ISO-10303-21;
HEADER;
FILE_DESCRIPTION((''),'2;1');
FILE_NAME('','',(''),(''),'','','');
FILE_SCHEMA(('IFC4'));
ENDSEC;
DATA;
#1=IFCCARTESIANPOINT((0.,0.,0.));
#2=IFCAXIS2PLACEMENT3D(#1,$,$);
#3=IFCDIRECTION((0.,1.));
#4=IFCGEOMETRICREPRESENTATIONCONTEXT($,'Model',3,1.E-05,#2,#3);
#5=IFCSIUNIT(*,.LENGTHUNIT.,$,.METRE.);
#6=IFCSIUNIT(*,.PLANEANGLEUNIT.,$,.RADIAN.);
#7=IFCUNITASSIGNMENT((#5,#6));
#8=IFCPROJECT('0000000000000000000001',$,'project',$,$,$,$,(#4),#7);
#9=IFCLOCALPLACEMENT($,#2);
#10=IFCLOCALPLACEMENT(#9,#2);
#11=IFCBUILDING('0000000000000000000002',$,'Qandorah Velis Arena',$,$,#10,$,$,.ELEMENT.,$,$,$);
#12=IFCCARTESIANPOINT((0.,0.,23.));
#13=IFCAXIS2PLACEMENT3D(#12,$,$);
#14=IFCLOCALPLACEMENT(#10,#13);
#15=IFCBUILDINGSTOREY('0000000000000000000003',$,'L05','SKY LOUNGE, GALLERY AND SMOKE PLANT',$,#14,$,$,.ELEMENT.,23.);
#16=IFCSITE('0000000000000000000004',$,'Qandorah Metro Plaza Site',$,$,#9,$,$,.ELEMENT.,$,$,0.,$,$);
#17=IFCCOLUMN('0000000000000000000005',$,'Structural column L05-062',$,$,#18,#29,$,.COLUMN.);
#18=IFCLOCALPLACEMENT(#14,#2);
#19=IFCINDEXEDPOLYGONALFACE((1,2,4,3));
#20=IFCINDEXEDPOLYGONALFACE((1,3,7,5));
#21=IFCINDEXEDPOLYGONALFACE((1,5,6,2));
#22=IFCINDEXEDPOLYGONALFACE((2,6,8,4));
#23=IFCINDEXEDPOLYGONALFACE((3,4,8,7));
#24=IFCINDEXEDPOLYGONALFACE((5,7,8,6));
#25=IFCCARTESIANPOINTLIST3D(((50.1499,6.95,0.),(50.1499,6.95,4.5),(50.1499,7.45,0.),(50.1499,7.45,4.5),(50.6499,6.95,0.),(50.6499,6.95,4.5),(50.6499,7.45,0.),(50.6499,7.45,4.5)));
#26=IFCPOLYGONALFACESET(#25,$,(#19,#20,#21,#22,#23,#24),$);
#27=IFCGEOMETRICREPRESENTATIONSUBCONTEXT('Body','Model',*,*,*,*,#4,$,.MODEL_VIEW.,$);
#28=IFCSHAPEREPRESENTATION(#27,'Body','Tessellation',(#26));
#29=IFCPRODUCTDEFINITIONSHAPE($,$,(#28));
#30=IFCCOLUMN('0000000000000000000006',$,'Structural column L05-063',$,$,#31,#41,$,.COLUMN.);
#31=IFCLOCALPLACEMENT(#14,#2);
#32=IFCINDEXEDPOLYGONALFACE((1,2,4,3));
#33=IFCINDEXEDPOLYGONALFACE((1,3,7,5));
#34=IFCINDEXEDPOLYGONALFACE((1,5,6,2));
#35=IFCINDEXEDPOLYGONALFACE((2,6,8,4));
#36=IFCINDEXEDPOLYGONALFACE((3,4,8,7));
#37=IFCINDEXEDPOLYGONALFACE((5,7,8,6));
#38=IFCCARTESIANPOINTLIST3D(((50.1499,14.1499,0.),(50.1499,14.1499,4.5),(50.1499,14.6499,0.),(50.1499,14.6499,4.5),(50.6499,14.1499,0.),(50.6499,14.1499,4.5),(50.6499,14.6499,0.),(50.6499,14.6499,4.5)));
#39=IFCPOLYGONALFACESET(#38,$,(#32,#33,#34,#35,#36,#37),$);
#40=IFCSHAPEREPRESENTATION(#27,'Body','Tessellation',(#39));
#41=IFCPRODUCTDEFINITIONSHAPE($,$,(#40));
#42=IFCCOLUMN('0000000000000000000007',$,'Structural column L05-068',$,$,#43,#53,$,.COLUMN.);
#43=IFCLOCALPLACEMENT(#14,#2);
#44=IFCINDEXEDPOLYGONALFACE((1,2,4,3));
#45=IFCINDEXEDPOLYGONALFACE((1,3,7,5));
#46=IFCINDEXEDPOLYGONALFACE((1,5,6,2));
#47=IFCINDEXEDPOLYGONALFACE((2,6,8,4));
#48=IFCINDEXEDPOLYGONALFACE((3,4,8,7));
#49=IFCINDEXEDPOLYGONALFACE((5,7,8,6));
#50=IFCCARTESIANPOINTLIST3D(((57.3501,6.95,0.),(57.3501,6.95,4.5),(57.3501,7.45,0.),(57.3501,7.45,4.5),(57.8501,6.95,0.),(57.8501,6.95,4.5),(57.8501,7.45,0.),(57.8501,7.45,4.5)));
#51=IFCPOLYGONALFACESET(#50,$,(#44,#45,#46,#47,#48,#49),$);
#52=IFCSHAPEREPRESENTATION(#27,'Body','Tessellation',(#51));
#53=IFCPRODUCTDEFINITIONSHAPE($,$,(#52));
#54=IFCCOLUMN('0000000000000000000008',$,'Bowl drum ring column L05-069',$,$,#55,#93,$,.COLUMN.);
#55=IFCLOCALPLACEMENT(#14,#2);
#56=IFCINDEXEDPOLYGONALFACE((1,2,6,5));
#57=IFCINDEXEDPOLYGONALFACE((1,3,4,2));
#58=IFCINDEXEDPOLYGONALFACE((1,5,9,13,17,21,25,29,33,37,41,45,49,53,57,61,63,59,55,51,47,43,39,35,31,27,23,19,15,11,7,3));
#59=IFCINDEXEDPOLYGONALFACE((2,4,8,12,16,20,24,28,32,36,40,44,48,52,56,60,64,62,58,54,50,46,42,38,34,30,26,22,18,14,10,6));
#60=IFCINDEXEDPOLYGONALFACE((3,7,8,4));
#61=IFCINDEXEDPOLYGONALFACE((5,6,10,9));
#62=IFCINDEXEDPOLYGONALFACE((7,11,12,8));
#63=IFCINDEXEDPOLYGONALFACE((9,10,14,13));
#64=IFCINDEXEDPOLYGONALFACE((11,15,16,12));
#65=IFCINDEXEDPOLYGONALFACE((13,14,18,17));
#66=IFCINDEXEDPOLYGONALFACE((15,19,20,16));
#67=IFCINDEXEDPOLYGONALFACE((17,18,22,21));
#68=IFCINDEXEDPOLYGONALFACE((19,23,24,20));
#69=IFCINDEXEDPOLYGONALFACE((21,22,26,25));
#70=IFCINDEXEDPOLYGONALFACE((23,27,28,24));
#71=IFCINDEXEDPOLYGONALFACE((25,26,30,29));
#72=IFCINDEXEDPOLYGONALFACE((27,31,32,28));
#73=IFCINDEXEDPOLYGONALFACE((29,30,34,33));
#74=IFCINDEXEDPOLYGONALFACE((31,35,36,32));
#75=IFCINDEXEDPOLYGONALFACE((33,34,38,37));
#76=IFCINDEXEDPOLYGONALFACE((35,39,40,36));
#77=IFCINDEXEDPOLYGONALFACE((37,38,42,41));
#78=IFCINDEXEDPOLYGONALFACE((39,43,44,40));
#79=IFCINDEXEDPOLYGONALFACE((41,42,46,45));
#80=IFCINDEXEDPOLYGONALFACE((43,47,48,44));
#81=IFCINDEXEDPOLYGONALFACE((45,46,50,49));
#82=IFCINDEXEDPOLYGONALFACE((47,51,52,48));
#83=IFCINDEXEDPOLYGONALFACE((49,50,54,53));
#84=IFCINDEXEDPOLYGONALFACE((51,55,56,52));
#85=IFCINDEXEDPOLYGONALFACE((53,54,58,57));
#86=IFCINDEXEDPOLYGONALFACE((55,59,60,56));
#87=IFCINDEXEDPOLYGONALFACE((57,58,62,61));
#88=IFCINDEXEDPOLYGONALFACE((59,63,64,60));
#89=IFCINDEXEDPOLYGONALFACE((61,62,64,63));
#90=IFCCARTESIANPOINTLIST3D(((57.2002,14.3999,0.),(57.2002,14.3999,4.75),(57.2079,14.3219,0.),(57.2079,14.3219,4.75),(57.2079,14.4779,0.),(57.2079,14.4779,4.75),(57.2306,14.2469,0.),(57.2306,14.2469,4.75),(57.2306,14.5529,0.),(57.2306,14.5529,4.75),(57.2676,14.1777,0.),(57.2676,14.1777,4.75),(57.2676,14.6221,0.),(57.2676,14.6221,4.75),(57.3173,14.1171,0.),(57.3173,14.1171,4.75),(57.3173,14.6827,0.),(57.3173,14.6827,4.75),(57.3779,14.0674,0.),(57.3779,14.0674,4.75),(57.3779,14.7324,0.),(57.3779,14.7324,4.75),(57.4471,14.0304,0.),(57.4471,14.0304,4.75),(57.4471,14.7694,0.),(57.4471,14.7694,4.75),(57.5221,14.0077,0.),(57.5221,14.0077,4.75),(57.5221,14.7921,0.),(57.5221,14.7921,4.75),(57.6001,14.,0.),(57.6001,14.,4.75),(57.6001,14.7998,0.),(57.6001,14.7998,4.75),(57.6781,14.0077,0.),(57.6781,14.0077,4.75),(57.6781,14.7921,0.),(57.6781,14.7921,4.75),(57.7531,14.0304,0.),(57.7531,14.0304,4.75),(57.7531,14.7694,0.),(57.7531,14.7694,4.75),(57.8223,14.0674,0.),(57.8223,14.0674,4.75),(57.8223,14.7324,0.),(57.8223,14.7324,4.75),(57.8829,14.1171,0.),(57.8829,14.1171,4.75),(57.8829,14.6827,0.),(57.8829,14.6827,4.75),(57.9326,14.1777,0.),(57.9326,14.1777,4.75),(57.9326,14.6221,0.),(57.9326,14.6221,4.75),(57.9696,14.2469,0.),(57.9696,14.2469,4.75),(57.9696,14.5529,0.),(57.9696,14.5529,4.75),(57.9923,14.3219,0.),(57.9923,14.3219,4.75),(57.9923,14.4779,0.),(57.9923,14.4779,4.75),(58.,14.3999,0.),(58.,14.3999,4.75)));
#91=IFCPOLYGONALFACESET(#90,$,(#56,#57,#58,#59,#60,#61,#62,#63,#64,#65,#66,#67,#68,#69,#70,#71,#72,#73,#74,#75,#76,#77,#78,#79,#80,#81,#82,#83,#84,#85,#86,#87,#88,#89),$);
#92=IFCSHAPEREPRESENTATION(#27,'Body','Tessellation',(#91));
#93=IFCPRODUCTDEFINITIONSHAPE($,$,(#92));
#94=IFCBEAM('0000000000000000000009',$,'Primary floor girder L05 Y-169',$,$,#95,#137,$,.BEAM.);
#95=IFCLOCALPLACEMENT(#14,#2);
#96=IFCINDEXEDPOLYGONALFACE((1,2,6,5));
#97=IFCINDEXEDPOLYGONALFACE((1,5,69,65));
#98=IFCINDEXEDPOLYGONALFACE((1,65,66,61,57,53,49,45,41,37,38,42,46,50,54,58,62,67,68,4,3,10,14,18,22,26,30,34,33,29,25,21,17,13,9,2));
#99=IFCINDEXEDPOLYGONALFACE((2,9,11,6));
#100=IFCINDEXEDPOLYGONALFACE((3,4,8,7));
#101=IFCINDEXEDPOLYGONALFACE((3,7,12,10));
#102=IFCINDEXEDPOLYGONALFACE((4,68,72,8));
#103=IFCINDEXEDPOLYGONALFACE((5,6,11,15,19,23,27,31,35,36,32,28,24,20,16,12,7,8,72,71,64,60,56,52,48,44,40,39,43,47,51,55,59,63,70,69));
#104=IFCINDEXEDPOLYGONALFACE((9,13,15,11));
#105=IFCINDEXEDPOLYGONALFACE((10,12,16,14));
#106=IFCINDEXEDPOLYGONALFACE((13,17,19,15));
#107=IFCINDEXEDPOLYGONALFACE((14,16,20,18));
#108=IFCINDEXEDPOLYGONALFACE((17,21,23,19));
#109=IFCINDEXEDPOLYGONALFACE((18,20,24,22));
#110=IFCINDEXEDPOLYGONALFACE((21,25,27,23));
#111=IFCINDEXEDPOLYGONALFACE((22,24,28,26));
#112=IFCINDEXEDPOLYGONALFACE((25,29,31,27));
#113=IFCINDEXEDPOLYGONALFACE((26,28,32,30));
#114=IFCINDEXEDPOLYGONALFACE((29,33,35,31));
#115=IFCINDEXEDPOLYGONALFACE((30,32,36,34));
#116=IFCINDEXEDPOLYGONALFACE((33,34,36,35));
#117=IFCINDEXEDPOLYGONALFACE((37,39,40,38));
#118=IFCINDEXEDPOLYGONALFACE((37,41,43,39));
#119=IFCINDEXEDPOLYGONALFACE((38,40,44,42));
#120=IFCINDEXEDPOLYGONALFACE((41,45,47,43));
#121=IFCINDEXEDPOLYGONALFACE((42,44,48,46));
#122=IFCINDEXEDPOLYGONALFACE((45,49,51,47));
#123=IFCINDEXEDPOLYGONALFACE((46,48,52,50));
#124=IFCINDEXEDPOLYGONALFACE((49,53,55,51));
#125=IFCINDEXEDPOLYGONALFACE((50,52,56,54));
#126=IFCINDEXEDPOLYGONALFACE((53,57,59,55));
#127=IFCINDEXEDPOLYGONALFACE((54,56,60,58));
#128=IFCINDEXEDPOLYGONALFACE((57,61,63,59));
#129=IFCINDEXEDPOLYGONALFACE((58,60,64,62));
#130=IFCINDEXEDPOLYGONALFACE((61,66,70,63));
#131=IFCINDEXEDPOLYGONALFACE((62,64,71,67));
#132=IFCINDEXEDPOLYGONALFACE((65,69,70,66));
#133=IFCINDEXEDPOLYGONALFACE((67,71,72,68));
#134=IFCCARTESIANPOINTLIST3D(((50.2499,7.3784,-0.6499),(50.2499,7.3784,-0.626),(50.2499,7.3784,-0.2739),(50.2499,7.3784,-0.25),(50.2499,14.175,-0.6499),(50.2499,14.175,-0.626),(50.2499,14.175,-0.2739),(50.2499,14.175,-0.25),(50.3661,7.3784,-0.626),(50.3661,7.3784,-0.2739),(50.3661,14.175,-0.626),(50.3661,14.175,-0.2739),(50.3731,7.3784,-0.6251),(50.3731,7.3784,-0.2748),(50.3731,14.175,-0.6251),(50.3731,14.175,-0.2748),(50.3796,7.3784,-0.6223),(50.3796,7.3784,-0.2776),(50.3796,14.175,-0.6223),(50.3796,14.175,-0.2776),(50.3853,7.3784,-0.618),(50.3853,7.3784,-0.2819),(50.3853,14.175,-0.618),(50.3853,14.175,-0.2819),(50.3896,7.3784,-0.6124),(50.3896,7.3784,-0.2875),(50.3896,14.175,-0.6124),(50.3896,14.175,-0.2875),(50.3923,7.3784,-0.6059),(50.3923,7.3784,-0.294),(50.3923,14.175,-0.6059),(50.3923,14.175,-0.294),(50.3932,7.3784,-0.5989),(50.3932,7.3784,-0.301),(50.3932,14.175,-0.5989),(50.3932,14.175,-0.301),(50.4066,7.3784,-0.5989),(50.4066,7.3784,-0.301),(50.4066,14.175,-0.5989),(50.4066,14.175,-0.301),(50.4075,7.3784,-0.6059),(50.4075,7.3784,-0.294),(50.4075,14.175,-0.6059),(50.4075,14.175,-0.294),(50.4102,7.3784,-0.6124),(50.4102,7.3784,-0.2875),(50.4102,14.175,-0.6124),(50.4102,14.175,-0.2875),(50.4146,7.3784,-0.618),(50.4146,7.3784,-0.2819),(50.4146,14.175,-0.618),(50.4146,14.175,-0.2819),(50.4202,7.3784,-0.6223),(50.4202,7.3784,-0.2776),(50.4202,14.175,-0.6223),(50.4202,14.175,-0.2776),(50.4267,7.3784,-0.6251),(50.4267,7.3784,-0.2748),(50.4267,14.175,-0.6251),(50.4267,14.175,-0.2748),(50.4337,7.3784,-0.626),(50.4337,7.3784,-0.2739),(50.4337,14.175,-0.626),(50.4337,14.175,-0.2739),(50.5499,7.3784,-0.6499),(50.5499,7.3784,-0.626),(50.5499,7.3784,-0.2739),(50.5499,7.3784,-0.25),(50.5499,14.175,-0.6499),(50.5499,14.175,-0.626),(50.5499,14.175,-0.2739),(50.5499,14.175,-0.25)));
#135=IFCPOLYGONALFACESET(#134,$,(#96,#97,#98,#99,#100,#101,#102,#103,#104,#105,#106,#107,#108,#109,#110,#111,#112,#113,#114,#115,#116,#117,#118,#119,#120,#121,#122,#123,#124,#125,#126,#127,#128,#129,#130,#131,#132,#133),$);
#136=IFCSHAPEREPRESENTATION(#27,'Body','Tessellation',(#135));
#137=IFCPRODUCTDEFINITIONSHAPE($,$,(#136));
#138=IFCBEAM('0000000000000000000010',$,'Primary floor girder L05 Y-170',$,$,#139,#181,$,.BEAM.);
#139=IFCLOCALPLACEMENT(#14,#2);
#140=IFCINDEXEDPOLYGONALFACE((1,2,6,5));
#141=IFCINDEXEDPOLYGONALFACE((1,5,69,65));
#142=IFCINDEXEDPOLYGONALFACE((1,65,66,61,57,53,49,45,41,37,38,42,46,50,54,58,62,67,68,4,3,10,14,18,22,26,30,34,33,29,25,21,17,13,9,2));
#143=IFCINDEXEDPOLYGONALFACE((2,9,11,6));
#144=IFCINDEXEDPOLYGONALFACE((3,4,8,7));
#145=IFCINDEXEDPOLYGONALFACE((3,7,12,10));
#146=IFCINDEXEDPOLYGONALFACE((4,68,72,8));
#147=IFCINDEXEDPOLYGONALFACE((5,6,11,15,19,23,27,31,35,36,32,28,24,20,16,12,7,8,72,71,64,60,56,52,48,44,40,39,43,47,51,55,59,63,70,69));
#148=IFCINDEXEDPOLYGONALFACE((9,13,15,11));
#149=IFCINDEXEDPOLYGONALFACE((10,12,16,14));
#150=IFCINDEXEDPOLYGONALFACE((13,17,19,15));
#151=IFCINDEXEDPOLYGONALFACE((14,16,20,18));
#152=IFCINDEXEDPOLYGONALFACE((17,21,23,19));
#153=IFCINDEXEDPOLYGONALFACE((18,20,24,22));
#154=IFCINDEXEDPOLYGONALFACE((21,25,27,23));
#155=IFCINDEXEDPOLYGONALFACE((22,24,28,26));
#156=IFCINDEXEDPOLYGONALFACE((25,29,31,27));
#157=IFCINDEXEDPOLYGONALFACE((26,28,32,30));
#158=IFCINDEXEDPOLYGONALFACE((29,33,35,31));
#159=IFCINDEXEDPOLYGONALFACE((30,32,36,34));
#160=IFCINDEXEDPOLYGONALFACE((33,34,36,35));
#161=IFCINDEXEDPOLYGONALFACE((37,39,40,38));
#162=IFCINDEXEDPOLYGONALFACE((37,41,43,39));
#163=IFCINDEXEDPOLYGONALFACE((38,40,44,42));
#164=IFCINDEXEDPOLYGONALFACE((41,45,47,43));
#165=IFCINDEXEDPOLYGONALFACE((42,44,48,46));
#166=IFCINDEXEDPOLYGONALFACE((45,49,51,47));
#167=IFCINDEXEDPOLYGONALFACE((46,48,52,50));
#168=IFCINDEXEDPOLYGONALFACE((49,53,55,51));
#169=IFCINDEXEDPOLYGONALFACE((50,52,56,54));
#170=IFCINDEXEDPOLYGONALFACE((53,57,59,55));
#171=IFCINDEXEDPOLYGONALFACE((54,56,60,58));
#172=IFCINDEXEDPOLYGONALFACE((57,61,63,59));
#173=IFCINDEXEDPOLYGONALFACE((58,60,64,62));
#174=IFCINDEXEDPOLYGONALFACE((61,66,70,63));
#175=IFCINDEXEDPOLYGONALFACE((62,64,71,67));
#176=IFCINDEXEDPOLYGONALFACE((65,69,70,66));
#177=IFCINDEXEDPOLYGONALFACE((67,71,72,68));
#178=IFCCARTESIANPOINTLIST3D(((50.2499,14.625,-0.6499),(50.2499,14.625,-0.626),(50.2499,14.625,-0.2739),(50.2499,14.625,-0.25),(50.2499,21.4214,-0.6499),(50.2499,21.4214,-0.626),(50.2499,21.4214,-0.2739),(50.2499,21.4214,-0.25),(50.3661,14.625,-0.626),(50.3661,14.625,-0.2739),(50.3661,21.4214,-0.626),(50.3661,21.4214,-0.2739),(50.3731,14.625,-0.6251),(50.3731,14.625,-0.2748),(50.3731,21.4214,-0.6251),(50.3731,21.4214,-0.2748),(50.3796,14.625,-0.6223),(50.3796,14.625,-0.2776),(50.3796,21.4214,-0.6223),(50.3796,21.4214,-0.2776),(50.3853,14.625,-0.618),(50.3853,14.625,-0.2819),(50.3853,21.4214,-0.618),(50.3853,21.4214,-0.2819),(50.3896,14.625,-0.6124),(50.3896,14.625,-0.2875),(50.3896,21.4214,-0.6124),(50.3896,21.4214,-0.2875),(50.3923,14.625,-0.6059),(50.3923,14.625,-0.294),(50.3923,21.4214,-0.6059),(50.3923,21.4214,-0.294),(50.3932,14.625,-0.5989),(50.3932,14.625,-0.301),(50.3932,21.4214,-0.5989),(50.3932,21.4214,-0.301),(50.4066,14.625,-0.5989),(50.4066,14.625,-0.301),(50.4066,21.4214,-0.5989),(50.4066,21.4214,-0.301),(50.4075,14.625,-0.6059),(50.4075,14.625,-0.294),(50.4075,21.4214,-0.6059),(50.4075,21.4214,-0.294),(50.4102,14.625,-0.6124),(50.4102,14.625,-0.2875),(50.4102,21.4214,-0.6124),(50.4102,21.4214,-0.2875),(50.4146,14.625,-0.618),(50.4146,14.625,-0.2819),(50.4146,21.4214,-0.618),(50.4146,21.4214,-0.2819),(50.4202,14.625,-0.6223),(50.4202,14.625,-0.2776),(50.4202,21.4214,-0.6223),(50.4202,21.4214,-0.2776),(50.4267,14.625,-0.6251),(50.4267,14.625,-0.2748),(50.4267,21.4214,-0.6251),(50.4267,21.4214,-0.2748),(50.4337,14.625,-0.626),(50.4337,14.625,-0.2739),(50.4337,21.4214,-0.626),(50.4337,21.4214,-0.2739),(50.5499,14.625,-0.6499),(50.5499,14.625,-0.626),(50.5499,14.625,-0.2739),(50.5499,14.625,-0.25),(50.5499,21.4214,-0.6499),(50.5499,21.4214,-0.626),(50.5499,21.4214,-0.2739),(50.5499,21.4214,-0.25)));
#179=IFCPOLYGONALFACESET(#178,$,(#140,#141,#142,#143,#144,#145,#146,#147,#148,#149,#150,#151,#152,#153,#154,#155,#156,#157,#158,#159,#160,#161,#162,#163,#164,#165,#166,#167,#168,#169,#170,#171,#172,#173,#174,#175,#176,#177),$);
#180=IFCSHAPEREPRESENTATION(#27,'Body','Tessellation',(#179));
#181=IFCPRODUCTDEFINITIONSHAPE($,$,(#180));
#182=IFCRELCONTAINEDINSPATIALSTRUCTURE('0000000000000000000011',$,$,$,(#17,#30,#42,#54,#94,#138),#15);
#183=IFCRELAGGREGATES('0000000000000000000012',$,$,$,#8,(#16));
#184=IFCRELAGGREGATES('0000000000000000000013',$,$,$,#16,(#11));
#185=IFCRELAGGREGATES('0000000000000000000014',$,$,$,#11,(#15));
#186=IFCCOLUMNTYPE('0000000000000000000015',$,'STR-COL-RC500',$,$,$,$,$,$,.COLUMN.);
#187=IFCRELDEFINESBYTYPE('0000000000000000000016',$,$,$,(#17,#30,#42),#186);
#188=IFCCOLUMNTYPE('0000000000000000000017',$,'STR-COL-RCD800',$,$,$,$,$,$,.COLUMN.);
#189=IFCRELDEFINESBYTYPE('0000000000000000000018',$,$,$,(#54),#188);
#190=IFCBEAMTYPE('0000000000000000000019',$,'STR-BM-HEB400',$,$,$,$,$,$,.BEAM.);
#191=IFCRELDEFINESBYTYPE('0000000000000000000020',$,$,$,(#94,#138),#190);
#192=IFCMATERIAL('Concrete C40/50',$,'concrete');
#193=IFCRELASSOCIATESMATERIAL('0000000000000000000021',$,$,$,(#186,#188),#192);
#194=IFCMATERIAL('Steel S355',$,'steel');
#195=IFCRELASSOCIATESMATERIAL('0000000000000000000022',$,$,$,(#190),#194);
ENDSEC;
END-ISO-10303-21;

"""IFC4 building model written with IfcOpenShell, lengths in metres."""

from ifc_helpers import new_model, si_unit, direction, frame, origin, origin_2d, place, context, subcontext, project, spatial, rectangle, circle, i_section, extrude, material, material_profile, profile_set, type_object, element, save


model = new_model("IFC4")

# Units and contexts
model_context = context("Model", 3, precision=1e-05, world=origin(), true_north=direction((0.0, 1.0)))
body_context = subcontext(model_context, "Body", "Model", "MODEL_VIEW")
ifc_project = project(units=[si_unit("LENGTHUNIT", "METRE"), si_unit("PLANEANGLEUNIT", "RADIAN")], contexts=[model_context])

# Site, building, storey
site_placement = place(None, origin())
site = spatial("IfcSite", under=ifc_project, at=site_placement, Name="Qandorah Metro Plaza Site", CompositionType="ELEMENT", RefElevation=0.0)
building_placement = place(site_placement, origin())
building = spatial("IfcBuilding", under=site, at=building_placement, Name="Qandorah Velis Arena", CompositionType="ELEMENT")
storey_placement = place(building_placement, frame((0.0, 0.0, 23.0)))
storey = spatial("IfcBuildingStorey", under=building, at=storey_placement, Name="L05", Description="SKY LOUNGE, GALLERY AND SMOKE PLANT", CompositionType="ELEMENT", Elevation=23.0)

# Columns
ifc_material_1 = material(Name="Concrete C40/50", Category="concrete")
ifc_material_profile_1 = material_profile(ifc_material_1, rectangle(XDim=0.5, YDim=0.5, at=origin_2d()), Name="RC COL 500x500")
ifc_profile_set_1 = profile_set([ifc_material_profile_1], Name="Concrete C40/50")
column_type_1 = type_object("IfcColumnType", Name="STR-COL-RC500", PredefinedType="COLUMN", material=ifc_profile_set_1)
for number, where, z_axis, x_axis, name in (
    (1, (50.3999, 7.2, 0.0), (0.0, 0.0, 1.0), (1.0, 0.0, 0.0), "Structural column L05-062"),
    (2, (50.3999, 14.3999, 0.0), (0.0, 0.0, 1.0), (1.0, 0.0, 0.0), "Structural column L05-063"),
    (3, (57.6001, 7.2, 0.0), (0.0, 0.0, 1.0), (1.0, 0.0, 0.0), "Structural column L05-068"),
):
    element("IfcColumn", number, at=place(storey_placement, frame(where, z_axis=z_axis, x_axis=x_axis)), inside=storey, type_object=column_type_1, Name=name, PredefinedType="COLUMN", context=body_context, shape_type="SweptSolid", body=[
        extrude(rectangle(XDim=0.5, YDim=0.5, at=origin_2d()), origin(), (0.0, 0.0, 1.0), 4.5),
    ])
ifc_material_profile_2 = material_profile(ifc_material_1, circle(Radius=0.3999, at=origin_2d()), Name="RC D800")
ifc_profile_set_2 = profile_set([ifc_material_profile_2], Name="Concrete C40/50")
column_type_2 = type_object("IfcColumnType", Name="STR-COL-RCD800", PredefinedType="COLUMN", material=ifc_profile_set_2)
column_placement = place(storey_placement, frame((57.6001, 14.3999, 0.0), z_axis=(0.0, 0.0, 1.0), x_axis=(1.0, 0.0, 0.0)))
element("IfcColumn", 4, at=column_placement, inside=storey, type_object=column_type_2, Name="Bowl drum ring column L05-069", PredefinedType="COLUMN", context=body_context, shape_type="SweptSolid", body=[
    extrude(circle(Radius=0.3999, at=origin_2d()), origin(), (0.0, 0.0, 1.0), 4.75),
])

# Beams
ifc_material_2 = material(Name="Steel S355", Category="steel")
ifc_material_profile_3 = material_profile(ifc_material_2, i_section(OverallWidth=0.3, OverallDepth=0.3999, WebThickness=0.0134, FlangeThickness=0.0239, FilletRadius=0.0271, at=origin_2d()), Name="HEB 400")
ifc_profile_set_3 = profile_set([ifc_material_profile_3], Name="Steel S355")
beam_type_1 = type_object("IfcBeamType", Name="STR-BM-HEB400", PredefinedType="BEAM", material=ifc_profile_set_3)
beam_1_placement = place(storey_placement, frame((50.3999, 7.3784, -0.45), z_axis=(0.0, 1.0, 0.0), x_axis=(-1.0, 0.0, 0.0)))
element("IfcBeam", 5, at=beam_1_placement, inside=storey, type_object=beam_type_1, Name="Primary floor girder L05 Y-169", PredefinedType="BEAM", context=body_context, shape_type="SweptSolid", body=[
    extrude(i_section(OverallWidth=0.3, OverallDepth=0.3999, WebThickness=0.0134, FlangeThickness=0.0239, FilletRadius=0.0271, at=origin_2d()), origin(), (0.0, 0.0, 1.0), 6.7966),
])
beam_2_placement = place(storey_placement, frame((50.3999, 14.625, -0.45), z_axis=(0.0, 1.0, 0.0), x_axis=(-1.0, 0.0, 0.0)))
element("IfcBeam", 6, at=beam_2_placement, inside=storey, type_object=beam_type_1, Name="Primary floor girder L05 Y-170", PredefinedType="BEAM", context=body_context, shape_type="SweptSolid", body=[
    extrude(i_section(OverallWidth=0.3, OverallDepth=0.3999, WebThickness=0.0134, FlangeThickness=0.0239, FilletRadius=0.0271, at=origin_2d()), origin(), (0.0, 0.0, 1.0), 6.7964),
])

save(model, "model.ifc")
